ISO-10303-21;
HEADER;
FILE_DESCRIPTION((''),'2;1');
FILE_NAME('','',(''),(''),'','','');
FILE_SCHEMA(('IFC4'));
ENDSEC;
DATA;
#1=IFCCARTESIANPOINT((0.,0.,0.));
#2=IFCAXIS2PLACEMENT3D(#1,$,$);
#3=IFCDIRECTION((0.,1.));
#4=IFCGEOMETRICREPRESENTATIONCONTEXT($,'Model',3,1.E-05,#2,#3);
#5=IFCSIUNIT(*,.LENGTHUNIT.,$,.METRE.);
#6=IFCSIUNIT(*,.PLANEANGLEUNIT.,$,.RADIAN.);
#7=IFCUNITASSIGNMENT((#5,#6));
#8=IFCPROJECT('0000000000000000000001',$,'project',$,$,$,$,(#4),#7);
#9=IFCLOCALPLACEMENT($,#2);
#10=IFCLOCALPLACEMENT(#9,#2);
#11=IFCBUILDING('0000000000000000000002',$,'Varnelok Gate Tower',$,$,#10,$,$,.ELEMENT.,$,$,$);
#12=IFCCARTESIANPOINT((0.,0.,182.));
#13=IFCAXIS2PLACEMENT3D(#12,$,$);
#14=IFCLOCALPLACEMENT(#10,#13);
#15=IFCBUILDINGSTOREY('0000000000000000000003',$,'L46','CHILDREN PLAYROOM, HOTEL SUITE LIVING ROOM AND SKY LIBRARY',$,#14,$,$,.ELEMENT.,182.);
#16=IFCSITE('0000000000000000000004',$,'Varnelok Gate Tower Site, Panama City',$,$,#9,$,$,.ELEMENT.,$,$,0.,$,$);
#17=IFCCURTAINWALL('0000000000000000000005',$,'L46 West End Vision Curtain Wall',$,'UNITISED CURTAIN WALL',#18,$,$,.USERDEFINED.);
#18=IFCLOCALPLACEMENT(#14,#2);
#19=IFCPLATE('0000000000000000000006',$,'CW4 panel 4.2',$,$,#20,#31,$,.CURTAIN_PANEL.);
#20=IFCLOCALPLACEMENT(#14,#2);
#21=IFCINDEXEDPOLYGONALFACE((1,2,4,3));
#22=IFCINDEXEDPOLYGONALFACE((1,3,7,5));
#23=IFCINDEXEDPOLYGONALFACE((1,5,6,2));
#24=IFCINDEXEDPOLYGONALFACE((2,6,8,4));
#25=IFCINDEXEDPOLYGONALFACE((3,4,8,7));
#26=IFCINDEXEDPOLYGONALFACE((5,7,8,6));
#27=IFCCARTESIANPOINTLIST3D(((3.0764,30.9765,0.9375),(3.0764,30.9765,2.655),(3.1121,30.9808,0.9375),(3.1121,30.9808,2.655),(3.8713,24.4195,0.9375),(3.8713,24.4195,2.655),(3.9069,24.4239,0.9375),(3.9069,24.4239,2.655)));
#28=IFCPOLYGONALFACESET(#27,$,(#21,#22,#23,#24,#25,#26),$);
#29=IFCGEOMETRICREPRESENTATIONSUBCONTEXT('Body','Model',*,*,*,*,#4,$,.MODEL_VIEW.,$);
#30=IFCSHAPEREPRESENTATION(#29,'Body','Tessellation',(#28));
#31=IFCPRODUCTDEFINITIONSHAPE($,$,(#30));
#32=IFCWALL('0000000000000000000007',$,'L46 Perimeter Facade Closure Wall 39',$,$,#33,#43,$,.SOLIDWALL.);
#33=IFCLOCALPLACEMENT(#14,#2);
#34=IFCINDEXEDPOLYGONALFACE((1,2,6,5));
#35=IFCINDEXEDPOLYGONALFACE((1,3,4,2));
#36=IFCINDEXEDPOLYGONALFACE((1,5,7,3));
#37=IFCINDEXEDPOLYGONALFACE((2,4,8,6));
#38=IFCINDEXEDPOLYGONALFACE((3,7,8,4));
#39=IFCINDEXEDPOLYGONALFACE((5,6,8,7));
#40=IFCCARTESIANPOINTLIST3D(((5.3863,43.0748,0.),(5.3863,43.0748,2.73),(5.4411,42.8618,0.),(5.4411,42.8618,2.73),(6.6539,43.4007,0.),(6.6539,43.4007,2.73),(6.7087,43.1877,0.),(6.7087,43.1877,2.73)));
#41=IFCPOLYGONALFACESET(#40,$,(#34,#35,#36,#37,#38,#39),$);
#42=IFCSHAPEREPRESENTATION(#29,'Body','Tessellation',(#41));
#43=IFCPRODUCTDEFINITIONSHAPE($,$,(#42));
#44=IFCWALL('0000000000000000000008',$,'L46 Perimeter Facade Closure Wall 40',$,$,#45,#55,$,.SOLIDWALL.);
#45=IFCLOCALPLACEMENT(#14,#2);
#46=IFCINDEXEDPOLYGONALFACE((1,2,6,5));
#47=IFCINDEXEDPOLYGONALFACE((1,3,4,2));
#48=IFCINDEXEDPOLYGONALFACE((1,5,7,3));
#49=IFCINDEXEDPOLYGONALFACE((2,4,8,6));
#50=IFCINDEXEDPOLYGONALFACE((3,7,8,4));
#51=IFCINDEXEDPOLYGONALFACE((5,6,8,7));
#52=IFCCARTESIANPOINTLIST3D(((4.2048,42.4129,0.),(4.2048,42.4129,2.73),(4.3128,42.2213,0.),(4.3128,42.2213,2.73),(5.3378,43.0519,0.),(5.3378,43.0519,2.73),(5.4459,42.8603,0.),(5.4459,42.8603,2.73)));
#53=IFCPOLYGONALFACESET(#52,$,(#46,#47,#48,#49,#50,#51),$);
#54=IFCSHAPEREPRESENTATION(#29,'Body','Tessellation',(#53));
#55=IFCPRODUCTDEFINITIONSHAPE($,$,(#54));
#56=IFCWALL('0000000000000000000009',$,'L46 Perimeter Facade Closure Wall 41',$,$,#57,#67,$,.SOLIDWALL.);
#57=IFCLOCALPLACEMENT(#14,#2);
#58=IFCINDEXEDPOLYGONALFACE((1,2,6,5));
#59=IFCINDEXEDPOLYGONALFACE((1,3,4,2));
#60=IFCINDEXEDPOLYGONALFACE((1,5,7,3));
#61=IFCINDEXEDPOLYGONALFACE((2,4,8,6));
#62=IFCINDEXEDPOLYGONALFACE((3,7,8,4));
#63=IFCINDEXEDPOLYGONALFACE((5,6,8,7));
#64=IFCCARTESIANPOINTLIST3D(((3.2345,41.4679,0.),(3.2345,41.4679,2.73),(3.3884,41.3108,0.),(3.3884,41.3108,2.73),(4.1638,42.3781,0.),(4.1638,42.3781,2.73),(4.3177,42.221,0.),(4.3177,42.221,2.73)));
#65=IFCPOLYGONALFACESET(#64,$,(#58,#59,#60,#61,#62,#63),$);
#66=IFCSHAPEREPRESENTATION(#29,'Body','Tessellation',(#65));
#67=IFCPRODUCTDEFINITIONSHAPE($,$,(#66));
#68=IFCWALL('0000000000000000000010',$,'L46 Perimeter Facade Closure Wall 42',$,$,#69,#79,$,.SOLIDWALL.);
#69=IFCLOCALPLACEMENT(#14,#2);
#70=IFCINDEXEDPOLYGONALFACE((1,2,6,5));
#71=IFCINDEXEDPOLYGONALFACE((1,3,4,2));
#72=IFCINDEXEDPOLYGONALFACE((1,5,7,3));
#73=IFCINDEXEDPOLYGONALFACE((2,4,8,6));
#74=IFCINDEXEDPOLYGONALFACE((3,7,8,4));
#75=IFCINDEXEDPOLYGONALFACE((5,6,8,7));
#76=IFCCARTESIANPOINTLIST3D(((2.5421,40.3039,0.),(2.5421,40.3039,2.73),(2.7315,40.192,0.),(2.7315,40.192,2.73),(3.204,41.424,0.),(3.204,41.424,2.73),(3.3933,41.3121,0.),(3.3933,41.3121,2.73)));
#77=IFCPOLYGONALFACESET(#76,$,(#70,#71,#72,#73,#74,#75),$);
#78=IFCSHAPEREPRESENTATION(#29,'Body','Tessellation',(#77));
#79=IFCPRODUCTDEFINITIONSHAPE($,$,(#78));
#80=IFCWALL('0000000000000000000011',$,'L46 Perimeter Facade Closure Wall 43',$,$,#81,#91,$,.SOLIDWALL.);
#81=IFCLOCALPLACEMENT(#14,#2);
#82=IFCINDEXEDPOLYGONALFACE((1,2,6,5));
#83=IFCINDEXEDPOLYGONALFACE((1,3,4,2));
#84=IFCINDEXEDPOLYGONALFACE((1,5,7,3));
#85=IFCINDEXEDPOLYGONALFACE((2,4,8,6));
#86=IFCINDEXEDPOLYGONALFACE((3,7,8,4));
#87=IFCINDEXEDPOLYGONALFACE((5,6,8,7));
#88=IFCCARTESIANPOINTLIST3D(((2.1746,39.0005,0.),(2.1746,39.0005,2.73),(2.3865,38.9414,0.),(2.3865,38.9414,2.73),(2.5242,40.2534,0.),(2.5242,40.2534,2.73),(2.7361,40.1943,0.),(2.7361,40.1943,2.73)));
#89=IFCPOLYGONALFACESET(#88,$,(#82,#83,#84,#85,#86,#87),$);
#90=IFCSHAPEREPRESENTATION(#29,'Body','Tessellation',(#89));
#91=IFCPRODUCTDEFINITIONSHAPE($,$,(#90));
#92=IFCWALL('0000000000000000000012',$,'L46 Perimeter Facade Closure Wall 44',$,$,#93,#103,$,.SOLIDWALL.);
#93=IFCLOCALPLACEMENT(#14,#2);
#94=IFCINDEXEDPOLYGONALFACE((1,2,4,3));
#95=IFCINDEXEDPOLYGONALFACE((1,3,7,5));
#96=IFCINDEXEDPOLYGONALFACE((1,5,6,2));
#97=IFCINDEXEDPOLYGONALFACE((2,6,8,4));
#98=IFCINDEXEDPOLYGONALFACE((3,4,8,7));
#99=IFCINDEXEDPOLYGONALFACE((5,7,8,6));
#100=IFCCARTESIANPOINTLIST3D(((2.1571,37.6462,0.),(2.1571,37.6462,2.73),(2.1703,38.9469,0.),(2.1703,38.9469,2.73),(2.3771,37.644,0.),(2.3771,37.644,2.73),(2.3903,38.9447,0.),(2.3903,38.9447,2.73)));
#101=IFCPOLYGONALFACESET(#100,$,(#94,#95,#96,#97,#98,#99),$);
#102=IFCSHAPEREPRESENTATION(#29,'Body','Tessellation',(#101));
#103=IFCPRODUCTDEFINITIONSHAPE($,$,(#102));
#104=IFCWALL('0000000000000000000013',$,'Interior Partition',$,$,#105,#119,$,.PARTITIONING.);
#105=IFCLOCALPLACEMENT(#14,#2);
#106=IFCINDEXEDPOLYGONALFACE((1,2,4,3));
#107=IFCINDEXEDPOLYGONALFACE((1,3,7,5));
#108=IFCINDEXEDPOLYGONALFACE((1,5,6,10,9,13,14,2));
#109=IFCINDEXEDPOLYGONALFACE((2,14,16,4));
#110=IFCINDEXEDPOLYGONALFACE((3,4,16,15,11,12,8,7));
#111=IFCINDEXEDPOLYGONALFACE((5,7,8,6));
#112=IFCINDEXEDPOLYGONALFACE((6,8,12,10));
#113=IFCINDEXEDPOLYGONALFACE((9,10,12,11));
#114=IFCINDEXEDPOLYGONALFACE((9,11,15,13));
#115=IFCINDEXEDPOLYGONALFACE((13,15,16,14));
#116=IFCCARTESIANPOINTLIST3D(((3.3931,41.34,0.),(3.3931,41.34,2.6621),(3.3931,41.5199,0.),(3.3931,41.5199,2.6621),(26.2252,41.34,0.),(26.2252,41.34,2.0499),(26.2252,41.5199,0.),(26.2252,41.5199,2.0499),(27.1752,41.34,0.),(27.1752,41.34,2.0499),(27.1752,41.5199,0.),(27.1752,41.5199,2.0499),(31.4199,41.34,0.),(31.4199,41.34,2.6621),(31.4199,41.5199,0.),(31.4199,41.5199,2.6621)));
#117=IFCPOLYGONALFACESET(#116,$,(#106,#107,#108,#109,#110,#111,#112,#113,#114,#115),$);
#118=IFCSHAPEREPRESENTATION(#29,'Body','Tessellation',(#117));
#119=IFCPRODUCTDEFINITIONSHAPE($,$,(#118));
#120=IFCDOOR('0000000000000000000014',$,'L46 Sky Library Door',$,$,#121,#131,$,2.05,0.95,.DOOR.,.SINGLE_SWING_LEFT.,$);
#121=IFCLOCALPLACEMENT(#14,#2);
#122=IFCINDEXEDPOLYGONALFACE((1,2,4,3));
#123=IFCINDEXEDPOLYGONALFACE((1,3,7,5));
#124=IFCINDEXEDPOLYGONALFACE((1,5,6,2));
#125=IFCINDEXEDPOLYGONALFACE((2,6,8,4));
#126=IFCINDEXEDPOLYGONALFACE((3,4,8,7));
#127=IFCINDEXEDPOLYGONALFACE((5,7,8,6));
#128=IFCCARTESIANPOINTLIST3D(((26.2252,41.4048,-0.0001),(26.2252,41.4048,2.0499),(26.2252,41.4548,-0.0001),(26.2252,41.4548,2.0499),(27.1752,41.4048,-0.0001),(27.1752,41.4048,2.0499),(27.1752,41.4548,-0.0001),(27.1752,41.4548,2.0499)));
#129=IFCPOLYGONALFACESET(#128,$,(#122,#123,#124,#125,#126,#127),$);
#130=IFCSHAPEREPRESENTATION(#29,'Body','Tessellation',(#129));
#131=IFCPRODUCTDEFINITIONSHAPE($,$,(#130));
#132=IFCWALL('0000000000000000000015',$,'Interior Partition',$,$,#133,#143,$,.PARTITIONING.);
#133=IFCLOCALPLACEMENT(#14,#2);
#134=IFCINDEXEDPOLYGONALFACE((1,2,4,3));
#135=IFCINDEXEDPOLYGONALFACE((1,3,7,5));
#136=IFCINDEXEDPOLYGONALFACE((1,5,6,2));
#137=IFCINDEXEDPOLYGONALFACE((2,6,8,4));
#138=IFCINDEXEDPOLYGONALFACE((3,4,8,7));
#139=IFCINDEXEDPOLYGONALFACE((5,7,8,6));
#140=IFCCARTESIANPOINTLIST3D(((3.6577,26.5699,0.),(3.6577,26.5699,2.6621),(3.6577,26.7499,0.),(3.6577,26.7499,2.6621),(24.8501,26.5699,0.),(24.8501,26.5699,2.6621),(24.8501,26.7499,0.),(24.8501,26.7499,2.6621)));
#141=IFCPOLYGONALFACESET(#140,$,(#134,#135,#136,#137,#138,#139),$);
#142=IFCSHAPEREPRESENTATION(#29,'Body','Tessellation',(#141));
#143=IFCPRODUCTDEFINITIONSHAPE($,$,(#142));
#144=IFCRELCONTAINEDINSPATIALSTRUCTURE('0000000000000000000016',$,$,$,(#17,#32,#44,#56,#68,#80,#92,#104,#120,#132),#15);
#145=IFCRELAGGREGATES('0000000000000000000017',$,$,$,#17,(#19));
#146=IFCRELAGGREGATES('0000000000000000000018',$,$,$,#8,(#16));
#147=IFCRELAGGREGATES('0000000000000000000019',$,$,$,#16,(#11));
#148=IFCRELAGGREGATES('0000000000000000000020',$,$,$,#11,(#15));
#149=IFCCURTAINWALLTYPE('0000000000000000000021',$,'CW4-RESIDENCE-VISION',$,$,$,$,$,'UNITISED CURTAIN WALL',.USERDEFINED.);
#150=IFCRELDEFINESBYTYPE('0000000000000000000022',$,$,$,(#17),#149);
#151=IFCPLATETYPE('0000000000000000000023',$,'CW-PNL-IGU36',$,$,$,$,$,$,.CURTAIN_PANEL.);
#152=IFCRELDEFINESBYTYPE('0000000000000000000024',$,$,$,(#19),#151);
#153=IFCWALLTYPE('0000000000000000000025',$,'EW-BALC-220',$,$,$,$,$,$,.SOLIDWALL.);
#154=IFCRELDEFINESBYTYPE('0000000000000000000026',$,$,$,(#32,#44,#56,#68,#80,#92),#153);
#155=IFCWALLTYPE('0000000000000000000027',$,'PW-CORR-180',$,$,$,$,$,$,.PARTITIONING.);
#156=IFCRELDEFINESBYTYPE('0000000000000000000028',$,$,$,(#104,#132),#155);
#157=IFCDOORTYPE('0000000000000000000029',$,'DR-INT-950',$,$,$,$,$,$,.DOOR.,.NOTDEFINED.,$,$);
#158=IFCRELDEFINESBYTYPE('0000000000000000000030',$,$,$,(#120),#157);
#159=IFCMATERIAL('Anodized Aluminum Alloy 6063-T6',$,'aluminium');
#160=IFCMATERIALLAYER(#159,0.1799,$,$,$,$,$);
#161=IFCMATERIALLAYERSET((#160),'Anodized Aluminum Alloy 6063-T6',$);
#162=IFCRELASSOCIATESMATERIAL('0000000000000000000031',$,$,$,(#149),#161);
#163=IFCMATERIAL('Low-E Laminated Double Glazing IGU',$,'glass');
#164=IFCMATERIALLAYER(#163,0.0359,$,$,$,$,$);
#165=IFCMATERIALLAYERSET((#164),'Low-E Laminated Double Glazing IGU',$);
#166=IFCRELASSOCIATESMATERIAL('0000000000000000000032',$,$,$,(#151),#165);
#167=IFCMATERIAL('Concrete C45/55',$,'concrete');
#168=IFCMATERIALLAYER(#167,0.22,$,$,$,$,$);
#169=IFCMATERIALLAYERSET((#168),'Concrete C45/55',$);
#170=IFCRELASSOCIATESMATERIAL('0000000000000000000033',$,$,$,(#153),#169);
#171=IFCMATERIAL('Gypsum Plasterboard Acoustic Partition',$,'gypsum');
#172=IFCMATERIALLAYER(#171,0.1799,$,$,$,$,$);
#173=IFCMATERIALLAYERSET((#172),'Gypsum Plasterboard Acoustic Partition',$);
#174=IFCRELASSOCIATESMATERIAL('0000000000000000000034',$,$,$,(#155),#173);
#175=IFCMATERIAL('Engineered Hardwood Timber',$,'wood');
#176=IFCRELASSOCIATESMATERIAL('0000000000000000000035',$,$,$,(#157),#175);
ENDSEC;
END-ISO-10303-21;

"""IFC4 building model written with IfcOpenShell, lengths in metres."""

from ifc_helpers import new_model, si_unit, direction, frame, frame_2d, origin, origin_2d, place, context, subcontext, project, spatial, rectangle, extrude, source, transform, mapped, material, layer, layer_set, type_object, element, fill, aggregate, save


model = new_model("IFC4")

# Units and contexts
model_context = context("Model", 3, precision=1e-05, world=origin(), true_north=direction((0.0, 1.0)))
body_context = subcontext(model_context, "Body", "Model", "MODEL_VIEW")
ifc_project = project(units=[si_unit("LENGTHUNIT", "METRE"), si_unit("PLANEANGLEUNIT", "RADIAN")], contexts=[model_context])

# Site, building, storey
site_placement = place(None, origin())
site = spatial("IfcSite", under=ifc_project, at=site_placement, Name="Varnelok Gate Tower Site, Panama City", CompositionType="ELEMENT", RefElevation=0.0)
building_placement = place(site_placement, origin())
building = spatial("IfcBuilding", under=site, at=building_placement, Name="Varnelok Gate Tower", CompositionType="ELEMENT")
storey_placement = place(building_placement, frame((0.0, 0.0, 182.0)))
storey = spatial("IfcBuildingStorey", under=building, at=storey_placement, Name="L46", Description="CHILDREN PLAYROOM, HOTEL SUITE LIVING ROOM AND SKY LIBRARY", CompositionType="ELEMENT", Elevation=182.0)

# Curtain wall, plate
ifc_material_1 = material(Name="Anodized Aluminum Alloy 6063-T6", Category="aluminium")
ifc_layer_1 = layer(ifc_material_1, 0.1799)
ifc_layer_set_1 = layer_set([ifc_layer_1], Name="Anodized Aluminum Alloy 6063-T6")
curtain_wall_type = type_object("IfcCurtainWallType", Name="CW4-RESIDENCE-VISION", ElementType="UNITISED CURTAIN WALL", PredefinedType="USERDEFINED", material=ifc_layer_set_1)
curtain_wall_placement = place(storey_placement, origin())
curtain_wall = element("IfcCurtainWall", 1, at=curtain_wall_placement, inside=storey, type_object=curtain_wall_type, Name="L46 West End Vision Curtain Wall", ObjectType="UNITISED CURTAIN WALL", PredefinedType="USERDEFINED")
ifc_material_2 = material(Name="Low-E Laminated Double Glazing IGU", Category="glass")
ifc_layer_2 = layer(ifc_material_2, 0.0359)
ifc_layer_set_2 = layer_set([ifc_layer_2], Name="Low-E Laminated Double Glazing IGU")
plate_type = type_object("IfcPlateType", Name="CW-PNL-IGU36", PredefinedType="CURTAIN_PANEL", material=ifc_layer_set_2)
shared_shape_1 = source(origin(), body_context, "Body", "SweptSolid", [
    extrude(rectangle(XDim=6.605, YDim=0.0359, at=origin_2d()), origin(), (0.0, 0.0, 1.0), 1.7175),
])
plate_1_placement = place(storey_placement, frame((3.4917, 27.7002, 0.9375), z_axis=(0.0, 0.0, 1.0), x_axis=(-0.120345, 0.992732, 0.0)))
plate_1 = element("IfcPlate", 2, at=plate_1_placement, type_object=plate_type, Name="CW4 panel 4.2", PredefinedType="CURTAIN_PANEL", context=body_context, shape_type="MappedRepresentation", body=[
    mapped(shared_shape_1, transform((0.0, 0.0, 0.0), scale=1.0)),
])
aggregate(curtain_wall, [plate_1])

# Walls
ifc_material_3 = material(Name="Concrete C45/55", Category="concrete")
ifc_layer_3 = layer(ifc_material_3, 0.22)
ifc_layer_set_3 = layer_set([ifc_layer_3], Name="Concrete C45/55")
wall_type_1 = type_object("IfcWallType", Name="EW-BALC-220", PredefinedType="SOLIDWALL", material=ifc_layer_set_3)
wall_1_placement = place(storey_placement, frame((6.6812, 43.2942, 0.0), z_axis=(0.0, 0.0, 1.0), x_axis=(-0.968497, -0.249026, 0.0)))
element("IfcWall", 3, at=wall_1_placement, inside=storey, type_object=wall_type_1, Name="L46 Perimeter Facade Closure Wall 39", PredefinedType="SOLIDWALL", context=body_context, shape_type="SweptSolid", body=[
    extrude(rectangle(XDim=1.3088, YDim=0.22, at=frame_2d((0.6543, 0.0))), origin(), (0.0, 0.0, 1.0), 2.73),
])
for number, where, z_axis, x_axis, name in (
    (4, (5.3918, 42.9561, 0.0), (0.0, 0.0, 1.0), (-0.871059, -0.491179, 0.0), "L46 Perimeter Facade Closure Wall 40"),
    (5, (4.2407, 42.2996, 0.0), (0.0, 0.0, 1.0), (-0.714389, -0.699749, 0.0), "L46 Perimeter Facade Closure Wall 41"),
):
    element("IfcWall", number, at=place(storey_placement, frame(where, z_axis=z_axis, x_axis=x_axis)), inside=storey, type_object=wall_type_1, Name=name, PredefinedType="SOLIDWALL", context=body_context, shape_type="SweptSolid", body=[
        extrude(rectangle(XDim=1.3008, YDim=0.22, at=frame_2d((0.6504, 0.0))), origin(), (0.0, 0.0, 1.0), 2.73),
    ])
wall_2_placement = place(storey_placement, frame((3.2986, 41.3679, 0.0), z_axis=(0.0, 0.0, 1.0), x_axis=(-0.508717, -0.860934, 0.0)))
element("IfcWall", 6, at=wall_2_placement, inside=storey, type_object=wall_type_1, Name="L46 Perimeter Facade Closure Wall 42", PredefinedType="SOLIDWALL", context=body_context, shape_type="SweptSolid", body=[
    extrude(rectangle(XDim=1.301, YDim=0.22, at=frame_2d((0.6504, 0.0))), origin(), (0.0, 0.0, 1.0), 2.73),
])
for number, where, z_axis, x_axis, name in (
    (7, (2.6301, 40.2239, 0.0), (0.0, 0.0, 1.0), (-0.268767, -0.963205, 0.0), "L46 Perimeter Facade Closure Wall 43"),
    (8, (2.2803, 38.9458, 0.0), (0.0, 0.0, 1.0), (-0.010135, -0.999949, 0.0), "L46 Perimeter Facade Closure Wall 44"),
):
    element("IfcWall", number, at=place(storey_placement, frame(where, z_axis=z_axis, x_axis=x_axis)), inside=storey, type_object=wall_type_1, Name=name, PredefinedType="SOLIDWALL", context=body_context, shape_type="SweptSolid", body=[
        extrude(rectangle(XDim=1.3008, YDim=0.22, at=frame_2d((0.6504, 0.0))), origin(), (0.0, 0.0, 1.0), 2.73),
    ])

# Wall, opening, door
ifc_material_4 = material(Name="Gypsum Plasterboard Acoustic Partition", Category="gypsum")
ifc_layer_4 = layer(ifc_material_4, 0.1799)
ifc_layer_set_4 = layer_set([ifc_layer_4], Name="Gypsum Plasterboard Acoustic Partition")
wall_type_2 = type_object("IfcWallType", Name="PW-CORR-180", PredefinedType="PARTITIONING", material=ifc_layer_set_4)
wall_3_placement = place(storey_placement, frame((3.3931, 41.4299, 0.0), z_axis=(0.0, 0.0, 1.0), x_axis=(1.0, 0.0, 0.0)))
wall_3 = element("IfcWall", 9, at=wall_3_placement, inside=storey, type_object=wall_type_2, Name="Interior Partition", PredefinedType="PARTITIONING", context=body_context, shape_type="SweptSolid", body=[
    extrude(rectangle(XDim=28.0269, YDim=0.1799, at=frame_2d((14.0134, 0.0))), origin(), (0.0, 0.0, 1.0), 2.6621),
])
opening_placement = place(wall_3_placement, frame((22.832, 0.0, 0.0)))
opening = element("IfcOpeningElement", 10, at=opening_placement, cuts=wall_3, PredefinedType="OPENING", context=body_context, shape_type="SweptSolid", body=[
    extrude(rectangle(XDim=0.95, YDim=2.05, at=frame_2d((0.4751, 1.0249))), frame((0.0, 0.0999, 0.0), z_axis=(0.0, -1.0, 0.0), x_axis=(1.0, 0.0, 0.0)), (0.0, 0.0, 1.0), 0.2),
])
ifc_material_5 = material(Name="Engineered Hardwood Timber", Category="wood")
door_type = type_object("IfcDoorType", Name="DR-INT-950", OperationType="NOTDEFINED", PredefinedType="DOOR", material=ifc_material_5)
door_placement = place(opening_placement, origin())
door = element("IfcDoor", 11, at=door_placement, inside=storey, type_object=door_type, Name="L46 Sky Library Door", OperationType="SINGLE_SWING_LEFT", OverallHeight=2.05, OverallWidth=0.95, PredefinedType="DOOR", context=body_context, shape_type="SweptSolid", body=[
    extrude(rectangle(XDim=0.95, YDim=2.05, at=frame_2d((0.4751, 1.0249))), frame((0.0, 0.0249, 0.0), z_axis=(0.0, -1.0, 0.0), x_axis=(1.0, 0.0, 0.0)), (0.0, 0.0, 1.0), 0.05),
])
fill(opening, door)

# Wall
wall_4_placement = place(storey_placement, frame((3.6577, 26.6599, 0.0), z_axis=(0.0, 0.0, 1.0), x_axis=(1.0, 0.0, 0.0)))
element("IfcWall", 12, at=wall_4_placement, inside=storey, type_object=wall_type_2, Name="Interior Partition", PredefinedType="PARTITIONING", context=body_context, shape_type="SweptSolid", body=[
    extrude(rectangle(XDim=21.1924, YDim=0.1799, at=frame_2d((10.5962, 0.0))), origin(), (0.0, 0.0, 1.0), 2.6621),
])

save(model, "model.ifc")
